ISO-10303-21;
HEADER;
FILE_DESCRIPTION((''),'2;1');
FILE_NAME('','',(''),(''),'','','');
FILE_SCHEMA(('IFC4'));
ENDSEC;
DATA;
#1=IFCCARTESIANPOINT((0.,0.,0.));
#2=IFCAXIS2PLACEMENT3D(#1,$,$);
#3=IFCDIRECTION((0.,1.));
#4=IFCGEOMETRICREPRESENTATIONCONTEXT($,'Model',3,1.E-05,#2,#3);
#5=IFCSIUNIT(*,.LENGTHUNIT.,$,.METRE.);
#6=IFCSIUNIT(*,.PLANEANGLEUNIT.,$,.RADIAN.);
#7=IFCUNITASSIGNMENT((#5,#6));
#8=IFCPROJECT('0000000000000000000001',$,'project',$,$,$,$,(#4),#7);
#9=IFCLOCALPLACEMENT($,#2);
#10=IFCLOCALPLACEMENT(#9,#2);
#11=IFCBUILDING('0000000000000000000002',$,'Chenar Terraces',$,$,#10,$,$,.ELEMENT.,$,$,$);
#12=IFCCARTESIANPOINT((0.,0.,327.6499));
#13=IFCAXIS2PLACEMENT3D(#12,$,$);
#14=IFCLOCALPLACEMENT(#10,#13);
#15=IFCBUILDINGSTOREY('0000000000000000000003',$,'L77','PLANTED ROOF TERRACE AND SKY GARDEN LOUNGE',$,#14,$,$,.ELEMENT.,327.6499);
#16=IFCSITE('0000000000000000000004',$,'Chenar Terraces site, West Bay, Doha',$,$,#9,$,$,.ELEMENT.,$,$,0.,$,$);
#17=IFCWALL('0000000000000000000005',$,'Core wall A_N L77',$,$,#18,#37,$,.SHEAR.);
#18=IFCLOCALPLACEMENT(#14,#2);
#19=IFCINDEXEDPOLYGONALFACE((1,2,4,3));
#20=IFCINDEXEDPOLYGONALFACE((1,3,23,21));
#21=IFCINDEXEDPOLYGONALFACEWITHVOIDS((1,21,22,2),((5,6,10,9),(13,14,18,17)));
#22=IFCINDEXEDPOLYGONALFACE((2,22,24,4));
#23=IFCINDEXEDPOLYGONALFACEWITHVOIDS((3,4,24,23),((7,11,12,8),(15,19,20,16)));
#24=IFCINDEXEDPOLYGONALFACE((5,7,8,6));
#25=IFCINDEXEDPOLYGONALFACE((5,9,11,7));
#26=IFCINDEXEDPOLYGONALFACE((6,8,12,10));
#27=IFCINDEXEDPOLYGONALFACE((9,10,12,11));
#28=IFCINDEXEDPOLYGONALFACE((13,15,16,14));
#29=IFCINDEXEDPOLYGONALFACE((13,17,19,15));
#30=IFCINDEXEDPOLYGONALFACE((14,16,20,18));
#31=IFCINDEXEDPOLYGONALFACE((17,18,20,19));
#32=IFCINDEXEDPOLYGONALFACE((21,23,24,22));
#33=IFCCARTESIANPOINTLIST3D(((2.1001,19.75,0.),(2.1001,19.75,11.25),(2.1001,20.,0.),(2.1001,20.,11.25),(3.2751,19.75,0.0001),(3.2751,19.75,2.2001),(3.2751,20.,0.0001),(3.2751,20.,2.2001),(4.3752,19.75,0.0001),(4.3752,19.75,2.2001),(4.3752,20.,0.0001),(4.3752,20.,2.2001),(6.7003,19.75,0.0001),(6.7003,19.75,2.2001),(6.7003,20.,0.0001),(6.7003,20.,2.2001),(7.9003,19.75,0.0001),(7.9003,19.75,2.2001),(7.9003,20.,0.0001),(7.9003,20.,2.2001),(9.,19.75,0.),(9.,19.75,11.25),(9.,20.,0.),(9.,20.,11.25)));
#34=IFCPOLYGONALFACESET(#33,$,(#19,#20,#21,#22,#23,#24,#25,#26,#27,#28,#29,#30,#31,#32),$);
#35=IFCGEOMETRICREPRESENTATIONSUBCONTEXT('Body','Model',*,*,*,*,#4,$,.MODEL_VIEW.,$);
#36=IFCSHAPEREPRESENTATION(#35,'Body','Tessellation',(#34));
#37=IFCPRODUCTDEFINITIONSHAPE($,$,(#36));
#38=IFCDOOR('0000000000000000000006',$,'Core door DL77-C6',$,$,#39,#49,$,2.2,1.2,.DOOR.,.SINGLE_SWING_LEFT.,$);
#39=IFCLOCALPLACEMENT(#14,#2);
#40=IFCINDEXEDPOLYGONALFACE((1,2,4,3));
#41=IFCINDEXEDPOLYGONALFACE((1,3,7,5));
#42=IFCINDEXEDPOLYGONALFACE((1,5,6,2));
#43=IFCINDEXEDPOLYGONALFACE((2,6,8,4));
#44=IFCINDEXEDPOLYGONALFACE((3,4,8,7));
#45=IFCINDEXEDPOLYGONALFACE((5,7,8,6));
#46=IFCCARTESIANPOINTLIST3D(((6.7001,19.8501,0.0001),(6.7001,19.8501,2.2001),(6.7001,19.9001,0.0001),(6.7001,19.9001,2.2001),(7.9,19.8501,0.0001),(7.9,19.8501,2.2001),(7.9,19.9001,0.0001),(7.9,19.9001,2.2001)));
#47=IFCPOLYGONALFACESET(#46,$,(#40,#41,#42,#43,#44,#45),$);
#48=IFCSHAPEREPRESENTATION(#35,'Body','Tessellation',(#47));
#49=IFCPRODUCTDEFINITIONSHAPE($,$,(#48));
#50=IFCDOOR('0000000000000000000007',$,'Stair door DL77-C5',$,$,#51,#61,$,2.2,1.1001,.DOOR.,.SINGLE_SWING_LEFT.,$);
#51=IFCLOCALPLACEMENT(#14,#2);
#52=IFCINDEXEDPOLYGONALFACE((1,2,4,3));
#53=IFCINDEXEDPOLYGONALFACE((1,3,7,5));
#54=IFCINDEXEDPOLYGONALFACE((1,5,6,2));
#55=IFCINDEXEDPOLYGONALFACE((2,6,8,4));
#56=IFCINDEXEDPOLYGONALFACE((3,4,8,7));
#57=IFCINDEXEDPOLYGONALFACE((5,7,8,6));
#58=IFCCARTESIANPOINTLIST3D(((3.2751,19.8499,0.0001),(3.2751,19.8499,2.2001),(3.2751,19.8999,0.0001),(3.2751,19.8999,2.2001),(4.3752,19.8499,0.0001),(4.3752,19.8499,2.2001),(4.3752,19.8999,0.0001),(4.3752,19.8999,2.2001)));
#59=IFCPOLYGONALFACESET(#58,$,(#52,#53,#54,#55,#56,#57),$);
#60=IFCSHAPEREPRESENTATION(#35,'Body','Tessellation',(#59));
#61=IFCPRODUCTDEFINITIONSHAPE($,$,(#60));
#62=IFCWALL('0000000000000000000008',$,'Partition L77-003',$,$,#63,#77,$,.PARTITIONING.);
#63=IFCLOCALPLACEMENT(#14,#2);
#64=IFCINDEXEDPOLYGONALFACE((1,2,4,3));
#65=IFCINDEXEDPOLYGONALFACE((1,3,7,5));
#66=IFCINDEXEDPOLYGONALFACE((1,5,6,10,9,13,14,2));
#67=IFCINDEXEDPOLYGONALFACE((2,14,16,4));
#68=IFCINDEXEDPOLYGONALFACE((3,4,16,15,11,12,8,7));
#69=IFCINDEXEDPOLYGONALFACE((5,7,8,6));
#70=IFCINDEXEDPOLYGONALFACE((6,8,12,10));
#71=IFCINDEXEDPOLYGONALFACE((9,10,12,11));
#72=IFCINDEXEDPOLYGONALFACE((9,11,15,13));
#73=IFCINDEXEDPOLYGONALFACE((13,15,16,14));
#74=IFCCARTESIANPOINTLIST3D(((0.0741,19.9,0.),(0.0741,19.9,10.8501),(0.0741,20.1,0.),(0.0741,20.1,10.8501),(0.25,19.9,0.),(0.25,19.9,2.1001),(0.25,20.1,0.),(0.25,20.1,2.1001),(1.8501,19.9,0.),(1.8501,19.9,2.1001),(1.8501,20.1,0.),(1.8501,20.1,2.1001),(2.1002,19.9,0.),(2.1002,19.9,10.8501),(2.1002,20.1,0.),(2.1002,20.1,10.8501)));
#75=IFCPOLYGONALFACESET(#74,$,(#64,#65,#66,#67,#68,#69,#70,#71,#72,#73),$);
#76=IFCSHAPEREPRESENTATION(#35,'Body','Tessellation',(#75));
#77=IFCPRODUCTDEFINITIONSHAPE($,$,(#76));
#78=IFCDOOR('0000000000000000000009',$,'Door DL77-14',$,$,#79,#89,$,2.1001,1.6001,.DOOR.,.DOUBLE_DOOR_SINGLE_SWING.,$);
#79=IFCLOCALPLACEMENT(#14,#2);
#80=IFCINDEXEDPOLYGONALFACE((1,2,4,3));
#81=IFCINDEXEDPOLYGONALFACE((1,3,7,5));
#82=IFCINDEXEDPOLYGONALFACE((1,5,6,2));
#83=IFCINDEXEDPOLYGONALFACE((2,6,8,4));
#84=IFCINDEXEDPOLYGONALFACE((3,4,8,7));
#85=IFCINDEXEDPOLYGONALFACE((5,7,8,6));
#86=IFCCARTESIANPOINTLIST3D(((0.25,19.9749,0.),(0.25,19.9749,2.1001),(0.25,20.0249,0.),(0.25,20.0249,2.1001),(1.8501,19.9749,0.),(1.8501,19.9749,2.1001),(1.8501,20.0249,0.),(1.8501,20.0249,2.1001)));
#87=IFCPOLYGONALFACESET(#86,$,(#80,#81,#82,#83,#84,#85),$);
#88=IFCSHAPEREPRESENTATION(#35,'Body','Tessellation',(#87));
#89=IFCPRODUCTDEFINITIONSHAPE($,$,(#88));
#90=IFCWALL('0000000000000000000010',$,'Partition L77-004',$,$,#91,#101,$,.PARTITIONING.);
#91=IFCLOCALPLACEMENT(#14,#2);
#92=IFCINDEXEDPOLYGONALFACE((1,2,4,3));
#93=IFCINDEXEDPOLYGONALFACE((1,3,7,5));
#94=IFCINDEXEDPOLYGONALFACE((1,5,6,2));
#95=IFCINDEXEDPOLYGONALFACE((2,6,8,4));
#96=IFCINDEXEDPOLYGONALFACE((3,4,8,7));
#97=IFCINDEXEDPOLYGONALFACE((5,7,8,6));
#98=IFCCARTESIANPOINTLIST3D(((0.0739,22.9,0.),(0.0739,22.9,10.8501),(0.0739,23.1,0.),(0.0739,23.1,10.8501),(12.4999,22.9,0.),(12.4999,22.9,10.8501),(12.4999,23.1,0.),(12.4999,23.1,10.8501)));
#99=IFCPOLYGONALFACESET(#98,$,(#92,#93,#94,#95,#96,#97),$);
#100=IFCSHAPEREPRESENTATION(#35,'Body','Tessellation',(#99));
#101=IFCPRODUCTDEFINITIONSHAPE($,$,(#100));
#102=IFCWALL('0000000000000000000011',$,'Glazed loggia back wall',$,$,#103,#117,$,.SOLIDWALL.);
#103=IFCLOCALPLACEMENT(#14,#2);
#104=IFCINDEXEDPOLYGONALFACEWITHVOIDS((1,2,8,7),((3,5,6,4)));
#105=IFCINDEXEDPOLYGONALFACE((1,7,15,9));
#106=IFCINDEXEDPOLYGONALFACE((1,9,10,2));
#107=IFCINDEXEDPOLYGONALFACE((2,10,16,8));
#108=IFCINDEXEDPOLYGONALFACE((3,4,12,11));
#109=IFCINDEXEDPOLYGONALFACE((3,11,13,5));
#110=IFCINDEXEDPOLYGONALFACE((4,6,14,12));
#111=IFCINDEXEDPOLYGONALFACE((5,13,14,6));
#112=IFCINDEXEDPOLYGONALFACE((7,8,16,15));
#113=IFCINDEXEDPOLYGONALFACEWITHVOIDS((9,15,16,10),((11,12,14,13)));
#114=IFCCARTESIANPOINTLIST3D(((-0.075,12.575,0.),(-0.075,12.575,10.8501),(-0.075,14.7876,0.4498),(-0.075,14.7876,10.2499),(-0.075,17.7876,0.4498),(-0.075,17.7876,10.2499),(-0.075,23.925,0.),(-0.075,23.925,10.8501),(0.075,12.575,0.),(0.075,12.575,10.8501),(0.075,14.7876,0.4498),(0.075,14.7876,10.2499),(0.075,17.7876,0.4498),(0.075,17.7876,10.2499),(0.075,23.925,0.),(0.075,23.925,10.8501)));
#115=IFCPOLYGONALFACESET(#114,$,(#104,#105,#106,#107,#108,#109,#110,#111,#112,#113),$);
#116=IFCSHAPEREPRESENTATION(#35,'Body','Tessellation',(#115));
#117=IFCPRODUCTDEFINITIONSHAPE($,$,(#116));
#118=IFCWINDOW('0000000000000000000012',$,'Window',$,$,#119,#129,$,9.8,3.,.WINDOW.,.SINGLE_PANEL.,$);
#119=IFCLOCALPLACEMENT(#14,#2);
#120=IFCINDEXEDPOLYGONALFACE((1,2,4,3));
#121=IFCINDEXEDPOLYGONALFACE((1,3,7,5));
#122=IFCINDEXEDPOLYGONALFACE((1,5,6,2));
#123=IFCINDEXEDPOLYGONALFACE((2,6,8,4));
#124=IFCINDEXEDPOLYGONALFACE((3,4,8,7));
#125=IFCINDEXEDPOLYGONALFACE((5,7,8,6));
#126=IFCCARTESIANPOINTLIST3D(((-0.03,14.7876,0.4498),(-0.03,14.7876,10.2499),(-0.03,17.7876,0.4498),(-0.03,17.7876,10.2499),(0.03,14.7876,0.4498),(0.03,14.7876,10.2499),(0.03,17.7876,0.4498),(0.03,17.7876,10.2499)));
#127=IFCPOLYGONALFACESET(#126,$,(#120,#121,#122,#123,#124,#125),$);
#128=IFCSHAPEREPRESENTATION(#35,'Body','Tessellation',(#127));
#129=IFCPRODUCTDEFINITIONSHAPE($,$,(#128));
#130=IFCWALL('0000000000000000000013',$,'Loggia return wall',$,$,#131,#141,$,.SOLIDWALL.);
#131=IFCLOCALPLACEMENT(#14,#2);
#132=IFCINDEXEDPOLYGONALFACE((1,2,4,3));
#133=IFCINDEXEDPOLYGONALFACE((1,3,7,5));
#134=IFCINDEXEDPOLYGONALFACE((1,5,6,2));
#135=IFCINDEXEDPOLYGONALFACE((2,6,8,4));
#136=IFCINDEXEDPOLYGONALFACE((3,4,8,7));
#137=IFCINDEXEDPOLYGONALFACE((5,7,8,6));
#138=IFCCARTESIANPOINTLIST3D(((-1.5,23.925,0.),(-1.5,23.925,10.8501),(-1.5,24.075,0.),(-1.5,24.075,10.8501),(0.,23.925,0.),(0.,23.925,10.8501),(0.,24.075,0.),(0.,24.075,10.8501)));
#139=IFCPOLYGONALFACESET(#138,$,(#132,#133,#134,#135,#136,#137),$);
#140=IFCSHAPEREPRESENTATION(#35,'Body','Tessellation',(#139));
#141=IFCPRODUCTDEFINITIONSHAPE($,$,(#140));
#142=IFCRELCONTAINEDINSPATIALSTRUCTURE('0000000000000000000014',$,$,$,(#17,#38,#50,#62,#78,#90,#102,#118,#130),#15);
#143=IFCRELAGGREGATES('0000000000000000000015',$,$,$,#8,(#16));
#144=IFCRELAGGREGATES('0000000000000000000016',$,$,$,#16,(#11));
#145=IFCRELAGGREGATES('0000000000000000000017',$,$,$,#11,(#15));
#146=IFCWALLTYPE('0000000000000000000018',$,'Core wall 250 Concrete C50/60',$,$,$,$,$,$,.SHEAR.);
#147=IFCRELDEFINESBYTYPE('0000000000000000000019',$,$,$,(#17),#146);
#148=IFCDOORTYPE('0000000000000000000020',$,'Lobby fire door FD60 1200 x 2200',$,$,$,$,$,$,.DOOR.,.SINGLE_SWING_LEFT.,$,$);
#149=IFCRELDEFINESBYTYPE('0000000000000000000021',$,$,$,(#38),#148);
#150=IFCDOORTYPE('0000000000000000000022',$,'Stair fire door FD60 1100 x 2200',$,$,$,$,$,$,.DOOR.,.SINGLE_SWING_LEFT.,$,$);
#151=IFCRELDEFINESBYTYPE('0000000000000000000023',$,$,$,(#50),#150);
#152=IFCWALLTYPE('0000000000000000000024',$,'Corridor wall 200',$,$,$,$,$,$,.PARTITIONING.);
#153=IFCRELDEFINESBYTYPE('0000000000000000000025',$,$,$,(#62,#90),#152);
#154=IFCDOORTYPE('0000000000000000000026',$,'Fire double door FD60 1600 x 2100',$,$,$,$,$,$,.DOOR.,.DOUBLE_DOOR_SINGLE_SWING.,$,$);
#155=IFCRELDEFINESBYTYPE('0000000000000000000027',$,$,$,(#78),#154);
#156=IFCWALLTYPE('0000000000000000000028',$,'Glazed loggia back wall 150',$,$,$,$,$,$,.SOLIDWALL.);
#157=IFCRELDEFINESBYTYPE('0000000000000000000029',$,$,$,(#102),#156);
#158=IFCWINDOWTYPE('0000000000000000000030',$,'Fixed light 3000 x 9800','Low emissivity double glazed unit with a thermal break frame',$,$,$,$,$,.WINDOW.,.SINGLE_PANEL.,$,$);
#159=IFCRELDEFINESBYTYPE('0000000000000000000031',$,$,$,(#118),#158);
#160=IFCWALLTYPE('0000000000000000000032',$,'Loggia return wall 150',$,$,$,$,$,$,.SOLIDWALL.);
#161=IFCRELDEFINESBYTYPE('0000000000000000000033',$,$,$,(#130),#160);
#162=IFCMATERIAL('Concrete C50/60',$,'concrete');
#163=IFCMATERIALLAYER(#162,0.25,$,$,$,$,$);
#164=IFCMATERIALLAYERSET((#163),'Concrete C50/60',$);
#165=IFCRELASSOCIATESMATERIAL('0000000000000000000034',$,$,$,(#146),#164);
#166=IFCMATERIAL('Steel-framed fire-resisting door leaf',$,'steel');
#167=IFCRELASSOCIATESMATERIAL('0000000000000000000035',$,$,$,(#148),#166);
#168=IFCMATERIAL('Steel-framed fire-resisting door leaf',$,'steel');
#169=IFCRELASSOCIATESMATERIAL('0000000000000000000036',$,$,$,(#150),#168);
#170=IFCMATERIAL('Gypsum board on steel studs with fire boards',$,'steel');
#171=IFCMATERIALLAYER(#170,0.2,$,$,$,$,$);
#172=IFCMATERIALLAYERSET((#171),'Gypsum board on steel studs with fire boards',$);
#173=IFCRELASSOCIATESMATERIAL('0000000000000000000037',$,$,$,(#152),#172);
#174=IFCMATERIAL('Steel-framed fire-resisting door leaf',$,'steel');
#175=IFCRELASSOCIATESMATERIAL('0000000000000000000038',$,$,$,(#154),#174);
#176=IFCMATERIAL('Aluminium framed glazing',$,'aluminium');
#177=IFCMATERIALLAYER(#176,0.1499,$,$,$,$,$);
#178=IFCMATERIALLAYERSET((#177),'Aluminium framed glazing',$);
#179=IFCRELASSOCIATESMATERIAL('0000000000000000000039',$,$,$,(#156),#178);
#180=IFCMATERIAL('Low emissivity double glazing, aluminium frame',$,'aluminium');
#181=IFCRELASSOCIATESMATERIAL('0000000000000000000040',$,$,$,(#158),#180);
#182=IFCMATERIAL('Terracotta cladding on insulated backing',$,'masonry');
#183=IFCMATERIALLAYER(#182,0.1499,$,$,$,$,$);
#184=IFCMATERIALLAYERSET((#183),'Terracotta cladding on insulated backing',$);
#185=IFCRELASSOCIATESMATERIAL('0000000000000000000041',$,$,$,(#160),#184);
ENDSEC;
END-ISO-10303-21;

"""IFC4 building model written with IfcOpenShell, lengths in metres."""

from ifc_helpers import new_model, si_unit, direction, frame, frame_2d, origin, place, context, subcontext, project, spatial, rectangle, extrude, material, layer, layer_set, type_object, element, fill, save


model = new_model("IFC4")

# Units and contexts
model_context = context("Model", 3, precision=1e-05, world=origin(), true_north=direction((0.0, 1.0)))
body_context = subcontext(model_context, "Body", "Model", "MODEL_VIEW")
ifc_project = project(units=[si_unit("LENGTHUNIT", "METRE"), si_unit("PLANEANGLEUNIT", "RADIAN")], contexts=[model_context])

# Site, building, storey
site_placement = place(None, origin())
site = spatial("IfcSite", under=ifc_project, at=site_placement, Name="Chenar Terraces site, West Bay, Doha", CompositionType="ELEMENT", RefElevation=0.0)
building_placement = place(site_placement, origin())
building = spatial("IfcBuilding", under=site, at=building_placement, Name="Chenar Terraces", CompositionType="ELEMENT")
storey_placement = place(building_placement, frame((0.0, 0.0, 327.6499)))
storey = spatial("IfcBuildingStorey", under=building, at=storey_placement, Name="L77", Description="PLANTED ROOF TERRACE AND SKY GARDEN LOUNGE", CompositionType="ELEMENT", Elevation=327.6499)

# Wall, openings, doors
ifc_material_1 = material(Name="Concrete C50/60", Category="concrete")
ifc_layer_1 = layer(ifc_material_1, 0.25)
ifc_layer_set_1 = layer_set([ifc_layer_1], Name="Concrete C50/60")
wall_type_1 = type_object("IfcWallType", Name="Core wall 250 Concrete C50/60", PredefinedType="SHEAR", material=ifc_layer_set_1)
wall_1_placement = place(storey_placement, frame((2.1001, 19.875, 0.0), z_axis=(0.0, 0.0, 1.0), x_axis=(1.0, 0.0, 0.0)))
wall_1 = element("IfcWall", 1, at=wall_1_placement, inside=storey, type_object=wall_type_1, Name="Core wall A_N L77", PredefinedType="SHEAR", context=body_context, shape_type="SweptSolid", body=[
    extrude(rectangle(XDim=6.8999, YDim=0.25, at=frame_2d((3.45, 0.0))), origin(), (0.0, 0.0, 1.0), 11.25),
])
opening_1_placement = place(wall_1_placement, frame((1.175, 0.0, 0.0)))
opening_1 = element("IfcOpeningElement", 2, at=opening_1_placement, cuts=wall_1, PredefinedType="OPENING", context=body_context, shape_type="SweptSolid", body=[
    extrude(rectangle(XDim=1.1001, YDim=2.2, at=frame_2d((0.55, 1.1001))), frame((0.0, 0.135, 0.0), z_axis=(0.0, -1.0, 0.0), x_axis=(1.0, 0.0, 0.0)), (0.0, 0.0, 1.0), 0.27),
])
opening_2_placement = place(wall_1_placement, frame((4.6001, 0.0, 0.0)))
opening_2 = element("IfcOpeningElement", 3, at=opening_2_placement, cuts=wall_1, PredefinedType="OPENING", context=body_context, shape_type="SweptSolid", body=[
    extrude(rectangle(XDim=1.2, YDim=2.2, at=frame_2d((0.6001, 1.1001))), frame((0.0, 0.135, 0.0), z_axis=(0.0, -1.0, 0.0), x_axis=(1.0, 0.0, 0.0)), (0.0, 0.0, 1.0), 0.27),
])
ifc_material_2 = material(Name="Steel-framed fire-resisting door leaf", Category="steel")
door_type_1 = type_object("IfcDoorType", Name="Lobby fire door FD60 1200 x 2200", OperationType="SINGLE_SWING_LEFT", PredefinedType="DOOR", material=ifc_material_2)
door_1_placement = place(opening_2_placement, frame((1.2, 0.0, 0.0), z_axis=(0.0, 0.0, 1.0), x_axis=(-1.0, 0.0, 0.0)))
door_1 = element("IfcDoor", 4, at=door_1_placement, inside=storey, type_object=door_type_1, Name="Core door DL77-C6", OperationType="SINGLE_SWING_LEFT", OverallHeight=2.2, OverallWidth=1.2, PredefinedType="DOOR", context=body_context, shape_type="SweptSolid", body=[
    extrude(rectangle(XDim=1.2, YDim=2.2, at=frame_2d((0.6001, 1.1001))), frame((0.0, 0.0249, 0.0), z_axis=(0.0, -1.0, 0.0), x_axis=(1.0, 0.0, 0.0)), (0.0, 0.0, 1.0), 0.05),
])
fill(opening_2, door_1)
ifc_material_3 = material(Name="Steel-framed fire-resisting door leaf", Category="steel")
door_type_2 = type_object("IfcDoorType", Name="Stair fire door FD60 1100 x 2200", OperationType="SINGLE_SWING_LEFT", PredefinedType="DOOR", material=ifc_material_3)
door_2_placement = place(opening_1_placement, origin())
door_2 = element("IfcDoor", 5, at=door_2_placement, inside=storey, type_object=door_type_2, Name="Stair door DL77-C5", OperationType="SINGLE_SWING_LEFT", OverallHeight=2.2, OverallWidth=1.1001, PredefinedType="DOOR", context=body_context, shape_type="SweptSolid", body=[
    extrude(rectangle(XDim=1.1001, YDim=2.2, at=frame_2d((0.55, 1.1001))), frame((0.0, 0.0249, 0.0), z_axis=(0.0, -1.0, 0.0), x_axis=(1.0, 0.0, 0.0)), (0.0, 0.0, 1.0), 0.05),
])
fill(opening_1, door_2)

# Wall, opening, door
ifc_material_4 = material(Name="Gypsum board on steel studs with fire boards", Category="steel")
ifc_layer_2 = layer(ifc_material_4, 0.2)
ifc_layer_set_2 = layer_set([ifc_layer_2], Name="Gypsum board on steel studs with fire boards")
wall_type_2 = type_object("IfcWallType", Name="Corridor wall 200", PredefinedType="PARTITIONING", material=ifc_layer_set_2)
wall_2_placement = place(storey_placement, frame((0.074, 20.0, 0.0), z_axis=(0.0, 0.0, 1.0), x_axis=(1.0, 0.0, 0.0)))
wall_2 = element("IfcWall", 6, at=wall_2_placement, inside=storey, type_object=wall_type_2, Name="Partition L77-003", PredefinedType="PARTITIONING", context=body_context, shape_type="SweptSolid", body=[
    extrude(rectangle(XDim=2.0261, YDim=0.2, at=frame_2d((1.0132, 0.0))), origin(), (0.0, 0.0, 1.0), 10.8501),
])
opening_3_placement = place(wall_2_placement, frame((0.176, 0.0, 0.0)))
opening_3 = element("IfcOpeningElement", 7, at=opening_3_placement, cuts=wall_2, PredefinedType="OPENING", context=body_context, shape_type="SweptSolid", body=[
    extrude(rectangle(XDim=1.6001, YDim=2.1001, at=frame_2d((0.8, 1.05))), frame((0.0, 0.1099, 0.0), z_axis=(0.0, -1.0, 0.0), x_axis=(1.0, 0.0, 0.0)), (0.0, 0.0, 1.0), 0.22),
])
ifc_material_5 = material(Name="Steel-framed fire-resisting door leaf", Category="steel")
door_type_3 = type_object("IfcDoorType", Name="Fire double door FD60 1600 x 2100", OperationType="DOUBLE_DOOR_SINGLE_SWING", PredefinedType="DOOR", material=ifc_material_5)
door_3_placement = place(opening_3_placement, origin())
door_3 = element("IfcDoor", 8, at=door_3_placement, inside=storey, type_object=door_type_3, Name="Door DL77-14", OperationType="DOUBLE_DOOR_SINGLE_SWING", OverallHeight=2.1001, OverallWidth=1.6001, PredefinedType="DOOR", context=body_context, shape_type="SweptSolid", body=[
    extrude(rectangle(XDim=1.6001, YDim=2.1001, at=frame_2d((0.8, 1.05))), frame((0.0, 0.0249, 0.0), z_axis=(0.0, -1.0, 0.0), x_axis=(1.0, 0.0, 0.0)), (0.0, 0.0, 1.0), 0.05),
])
fill(opening_3, door_3)

# Wall
wall_3_placement = place(storey_placement, frame((0.074, 23.0, 0.0), z_axis=(0.0, 0.0, 1.0), x_axis=(1.0, 0.0, 0.0)))
element("IfcWall", 9, at=wall_3_placement, inside=storey, type_object=wall_type_2, Name="Partition L77-004", PredefinedType="PARTITIONING", context=body_context, shape_type="SweptSolid", body=[
    extrude(rectangle(XDim=12.426, YDim=0.2, at=frame_2d((6.2129, 0.0))), origin(), (0.0, 0.0, 1.0), 10.8501),
])

# Wall, opening, window
ifc_material_6 = material(Name="Aluminium framed glazing", Category="aluminium")
ifc_layer_3 = layer(ifc_material_6, 0.1499)
ifc_layer_set_3 = layer_set([ifc_layer_3], Name="Aluminium framed glazing")
wall_type_3 = type_object("IfcWallType", Name="Glazed loggia back wall 150", PredefinedType="SOLIDWALL", material=ifc_layer_set_3)
wall_4_placement = place(storey_placement, frame((0.0, 23.925, 0.0), z_axis=(0.0, 0.0, 1.0), x_axis=(0.0, -1.0, 0.0)))
wall_4 = element("IfcWall", 10, at=wall_4_placement, inside=storey, type_object=wall_type_3, Name="Glazed loggia back wall", PredefinedType="SOLIDWALL", context=body_context, shape_type="SweptSolid", body=[
    extrude(rectangle(XDim=11.3501, YDim=0.1499, at=frame_2d((5.675, 0.0))), origin(), (0.0, 0.0, 1.0), 10.8501),
])
opening_4_placement = place(wall_4_placement, frame((6.1375, 0.0, 0.45)))
opening_4 = element("IfcOpeningElement", 11, at=opening_4_placement, cuts=wall_4, PredefinedType="OPENING", context=body_context, shape_type="SweptSolid", body=[
    extrude(rectangle(XDim=3.0, YDim=9.8, at=frame_2d((1.5, 4.8999))), frame((0.0, 0.085, 0.0), z_axis=(0.0, -1.0, 0.0), x_axis=(1.0, 0.0, 0.0)), (0.0, 0.0, 1.0), 0.1699),
])
ifc_material_7 = material(Name="Low emissivity double glazing, aluminium frame", Category="aluminium")
window_type = type_object("IfcWindowType", Name="Fixed light 3000 x 9800", Description="Low emissivity double glazed unit with a thermal break frame", PartitioningType="SINGLE_PANEL", PredefinedType="WINDOW", material=ifc_material_7)
window_placement = place(opening_4_placement, origin())
window = element("IfcWindow", 12, at=window_placement, inside=storey, type_object=window_type, Name="Window", OverallHeight=9.8, OverallWidth=3.0, PartitioningType="SINGLE_PANEL", PredefinedType="WINDOW", context=body_context, shape_type="SweptSolid", body=[
    extrude(rectangle(XDim=3.0, YDim=9.8, at=frame_2d((1.5, 4.8999))), frame((0.0, 0.03, 0.0), z_axis=(0.0, -1.0, 0.0), x_axis=(1.0, 0.0, 0.0)), (0.0, 0.0, 1.0), 0.0601),
])
fill(opening_4, window)

# Wall
ifc_material_8 = material(Name="Terracotta cladding on insulated backing", Category="masonry")
ifc_layer_4 = layer(ifc_material_8, 0.1499)
ifc_layer_set_4 = layer_set([ifc_layer_4], Name="Terracotta cladding on insulated backing")
wall_type_4 = type_object("IfcWallType", Name="Loggia return wall 150", PredefinedType="SOLIDWALL", material=ifc_layer_set_4)
wall_5_placement = place(storey_placement, frame((-1.5, 24.0, 0.0), z_axis=(0.0, 0.0, 1.0), x_axis=(1.0, 0.0, 0.0)))
element("IfcWall", 13, at=wall_5_placement, inside=storey, type_object=wall_type_4, Name="Loggia return wall", PredefinedType="SOLIDWALL", context=body_context, shape_type="SweptSolid", body=[
    extrude(rectangle(XDim=1.5, YDim=0.1499, at=frame_2d((0.75, 0.0))), origin(), (0.0, 0.0, 1.0), 10.8501),
])

save(model, "model.ifc")
